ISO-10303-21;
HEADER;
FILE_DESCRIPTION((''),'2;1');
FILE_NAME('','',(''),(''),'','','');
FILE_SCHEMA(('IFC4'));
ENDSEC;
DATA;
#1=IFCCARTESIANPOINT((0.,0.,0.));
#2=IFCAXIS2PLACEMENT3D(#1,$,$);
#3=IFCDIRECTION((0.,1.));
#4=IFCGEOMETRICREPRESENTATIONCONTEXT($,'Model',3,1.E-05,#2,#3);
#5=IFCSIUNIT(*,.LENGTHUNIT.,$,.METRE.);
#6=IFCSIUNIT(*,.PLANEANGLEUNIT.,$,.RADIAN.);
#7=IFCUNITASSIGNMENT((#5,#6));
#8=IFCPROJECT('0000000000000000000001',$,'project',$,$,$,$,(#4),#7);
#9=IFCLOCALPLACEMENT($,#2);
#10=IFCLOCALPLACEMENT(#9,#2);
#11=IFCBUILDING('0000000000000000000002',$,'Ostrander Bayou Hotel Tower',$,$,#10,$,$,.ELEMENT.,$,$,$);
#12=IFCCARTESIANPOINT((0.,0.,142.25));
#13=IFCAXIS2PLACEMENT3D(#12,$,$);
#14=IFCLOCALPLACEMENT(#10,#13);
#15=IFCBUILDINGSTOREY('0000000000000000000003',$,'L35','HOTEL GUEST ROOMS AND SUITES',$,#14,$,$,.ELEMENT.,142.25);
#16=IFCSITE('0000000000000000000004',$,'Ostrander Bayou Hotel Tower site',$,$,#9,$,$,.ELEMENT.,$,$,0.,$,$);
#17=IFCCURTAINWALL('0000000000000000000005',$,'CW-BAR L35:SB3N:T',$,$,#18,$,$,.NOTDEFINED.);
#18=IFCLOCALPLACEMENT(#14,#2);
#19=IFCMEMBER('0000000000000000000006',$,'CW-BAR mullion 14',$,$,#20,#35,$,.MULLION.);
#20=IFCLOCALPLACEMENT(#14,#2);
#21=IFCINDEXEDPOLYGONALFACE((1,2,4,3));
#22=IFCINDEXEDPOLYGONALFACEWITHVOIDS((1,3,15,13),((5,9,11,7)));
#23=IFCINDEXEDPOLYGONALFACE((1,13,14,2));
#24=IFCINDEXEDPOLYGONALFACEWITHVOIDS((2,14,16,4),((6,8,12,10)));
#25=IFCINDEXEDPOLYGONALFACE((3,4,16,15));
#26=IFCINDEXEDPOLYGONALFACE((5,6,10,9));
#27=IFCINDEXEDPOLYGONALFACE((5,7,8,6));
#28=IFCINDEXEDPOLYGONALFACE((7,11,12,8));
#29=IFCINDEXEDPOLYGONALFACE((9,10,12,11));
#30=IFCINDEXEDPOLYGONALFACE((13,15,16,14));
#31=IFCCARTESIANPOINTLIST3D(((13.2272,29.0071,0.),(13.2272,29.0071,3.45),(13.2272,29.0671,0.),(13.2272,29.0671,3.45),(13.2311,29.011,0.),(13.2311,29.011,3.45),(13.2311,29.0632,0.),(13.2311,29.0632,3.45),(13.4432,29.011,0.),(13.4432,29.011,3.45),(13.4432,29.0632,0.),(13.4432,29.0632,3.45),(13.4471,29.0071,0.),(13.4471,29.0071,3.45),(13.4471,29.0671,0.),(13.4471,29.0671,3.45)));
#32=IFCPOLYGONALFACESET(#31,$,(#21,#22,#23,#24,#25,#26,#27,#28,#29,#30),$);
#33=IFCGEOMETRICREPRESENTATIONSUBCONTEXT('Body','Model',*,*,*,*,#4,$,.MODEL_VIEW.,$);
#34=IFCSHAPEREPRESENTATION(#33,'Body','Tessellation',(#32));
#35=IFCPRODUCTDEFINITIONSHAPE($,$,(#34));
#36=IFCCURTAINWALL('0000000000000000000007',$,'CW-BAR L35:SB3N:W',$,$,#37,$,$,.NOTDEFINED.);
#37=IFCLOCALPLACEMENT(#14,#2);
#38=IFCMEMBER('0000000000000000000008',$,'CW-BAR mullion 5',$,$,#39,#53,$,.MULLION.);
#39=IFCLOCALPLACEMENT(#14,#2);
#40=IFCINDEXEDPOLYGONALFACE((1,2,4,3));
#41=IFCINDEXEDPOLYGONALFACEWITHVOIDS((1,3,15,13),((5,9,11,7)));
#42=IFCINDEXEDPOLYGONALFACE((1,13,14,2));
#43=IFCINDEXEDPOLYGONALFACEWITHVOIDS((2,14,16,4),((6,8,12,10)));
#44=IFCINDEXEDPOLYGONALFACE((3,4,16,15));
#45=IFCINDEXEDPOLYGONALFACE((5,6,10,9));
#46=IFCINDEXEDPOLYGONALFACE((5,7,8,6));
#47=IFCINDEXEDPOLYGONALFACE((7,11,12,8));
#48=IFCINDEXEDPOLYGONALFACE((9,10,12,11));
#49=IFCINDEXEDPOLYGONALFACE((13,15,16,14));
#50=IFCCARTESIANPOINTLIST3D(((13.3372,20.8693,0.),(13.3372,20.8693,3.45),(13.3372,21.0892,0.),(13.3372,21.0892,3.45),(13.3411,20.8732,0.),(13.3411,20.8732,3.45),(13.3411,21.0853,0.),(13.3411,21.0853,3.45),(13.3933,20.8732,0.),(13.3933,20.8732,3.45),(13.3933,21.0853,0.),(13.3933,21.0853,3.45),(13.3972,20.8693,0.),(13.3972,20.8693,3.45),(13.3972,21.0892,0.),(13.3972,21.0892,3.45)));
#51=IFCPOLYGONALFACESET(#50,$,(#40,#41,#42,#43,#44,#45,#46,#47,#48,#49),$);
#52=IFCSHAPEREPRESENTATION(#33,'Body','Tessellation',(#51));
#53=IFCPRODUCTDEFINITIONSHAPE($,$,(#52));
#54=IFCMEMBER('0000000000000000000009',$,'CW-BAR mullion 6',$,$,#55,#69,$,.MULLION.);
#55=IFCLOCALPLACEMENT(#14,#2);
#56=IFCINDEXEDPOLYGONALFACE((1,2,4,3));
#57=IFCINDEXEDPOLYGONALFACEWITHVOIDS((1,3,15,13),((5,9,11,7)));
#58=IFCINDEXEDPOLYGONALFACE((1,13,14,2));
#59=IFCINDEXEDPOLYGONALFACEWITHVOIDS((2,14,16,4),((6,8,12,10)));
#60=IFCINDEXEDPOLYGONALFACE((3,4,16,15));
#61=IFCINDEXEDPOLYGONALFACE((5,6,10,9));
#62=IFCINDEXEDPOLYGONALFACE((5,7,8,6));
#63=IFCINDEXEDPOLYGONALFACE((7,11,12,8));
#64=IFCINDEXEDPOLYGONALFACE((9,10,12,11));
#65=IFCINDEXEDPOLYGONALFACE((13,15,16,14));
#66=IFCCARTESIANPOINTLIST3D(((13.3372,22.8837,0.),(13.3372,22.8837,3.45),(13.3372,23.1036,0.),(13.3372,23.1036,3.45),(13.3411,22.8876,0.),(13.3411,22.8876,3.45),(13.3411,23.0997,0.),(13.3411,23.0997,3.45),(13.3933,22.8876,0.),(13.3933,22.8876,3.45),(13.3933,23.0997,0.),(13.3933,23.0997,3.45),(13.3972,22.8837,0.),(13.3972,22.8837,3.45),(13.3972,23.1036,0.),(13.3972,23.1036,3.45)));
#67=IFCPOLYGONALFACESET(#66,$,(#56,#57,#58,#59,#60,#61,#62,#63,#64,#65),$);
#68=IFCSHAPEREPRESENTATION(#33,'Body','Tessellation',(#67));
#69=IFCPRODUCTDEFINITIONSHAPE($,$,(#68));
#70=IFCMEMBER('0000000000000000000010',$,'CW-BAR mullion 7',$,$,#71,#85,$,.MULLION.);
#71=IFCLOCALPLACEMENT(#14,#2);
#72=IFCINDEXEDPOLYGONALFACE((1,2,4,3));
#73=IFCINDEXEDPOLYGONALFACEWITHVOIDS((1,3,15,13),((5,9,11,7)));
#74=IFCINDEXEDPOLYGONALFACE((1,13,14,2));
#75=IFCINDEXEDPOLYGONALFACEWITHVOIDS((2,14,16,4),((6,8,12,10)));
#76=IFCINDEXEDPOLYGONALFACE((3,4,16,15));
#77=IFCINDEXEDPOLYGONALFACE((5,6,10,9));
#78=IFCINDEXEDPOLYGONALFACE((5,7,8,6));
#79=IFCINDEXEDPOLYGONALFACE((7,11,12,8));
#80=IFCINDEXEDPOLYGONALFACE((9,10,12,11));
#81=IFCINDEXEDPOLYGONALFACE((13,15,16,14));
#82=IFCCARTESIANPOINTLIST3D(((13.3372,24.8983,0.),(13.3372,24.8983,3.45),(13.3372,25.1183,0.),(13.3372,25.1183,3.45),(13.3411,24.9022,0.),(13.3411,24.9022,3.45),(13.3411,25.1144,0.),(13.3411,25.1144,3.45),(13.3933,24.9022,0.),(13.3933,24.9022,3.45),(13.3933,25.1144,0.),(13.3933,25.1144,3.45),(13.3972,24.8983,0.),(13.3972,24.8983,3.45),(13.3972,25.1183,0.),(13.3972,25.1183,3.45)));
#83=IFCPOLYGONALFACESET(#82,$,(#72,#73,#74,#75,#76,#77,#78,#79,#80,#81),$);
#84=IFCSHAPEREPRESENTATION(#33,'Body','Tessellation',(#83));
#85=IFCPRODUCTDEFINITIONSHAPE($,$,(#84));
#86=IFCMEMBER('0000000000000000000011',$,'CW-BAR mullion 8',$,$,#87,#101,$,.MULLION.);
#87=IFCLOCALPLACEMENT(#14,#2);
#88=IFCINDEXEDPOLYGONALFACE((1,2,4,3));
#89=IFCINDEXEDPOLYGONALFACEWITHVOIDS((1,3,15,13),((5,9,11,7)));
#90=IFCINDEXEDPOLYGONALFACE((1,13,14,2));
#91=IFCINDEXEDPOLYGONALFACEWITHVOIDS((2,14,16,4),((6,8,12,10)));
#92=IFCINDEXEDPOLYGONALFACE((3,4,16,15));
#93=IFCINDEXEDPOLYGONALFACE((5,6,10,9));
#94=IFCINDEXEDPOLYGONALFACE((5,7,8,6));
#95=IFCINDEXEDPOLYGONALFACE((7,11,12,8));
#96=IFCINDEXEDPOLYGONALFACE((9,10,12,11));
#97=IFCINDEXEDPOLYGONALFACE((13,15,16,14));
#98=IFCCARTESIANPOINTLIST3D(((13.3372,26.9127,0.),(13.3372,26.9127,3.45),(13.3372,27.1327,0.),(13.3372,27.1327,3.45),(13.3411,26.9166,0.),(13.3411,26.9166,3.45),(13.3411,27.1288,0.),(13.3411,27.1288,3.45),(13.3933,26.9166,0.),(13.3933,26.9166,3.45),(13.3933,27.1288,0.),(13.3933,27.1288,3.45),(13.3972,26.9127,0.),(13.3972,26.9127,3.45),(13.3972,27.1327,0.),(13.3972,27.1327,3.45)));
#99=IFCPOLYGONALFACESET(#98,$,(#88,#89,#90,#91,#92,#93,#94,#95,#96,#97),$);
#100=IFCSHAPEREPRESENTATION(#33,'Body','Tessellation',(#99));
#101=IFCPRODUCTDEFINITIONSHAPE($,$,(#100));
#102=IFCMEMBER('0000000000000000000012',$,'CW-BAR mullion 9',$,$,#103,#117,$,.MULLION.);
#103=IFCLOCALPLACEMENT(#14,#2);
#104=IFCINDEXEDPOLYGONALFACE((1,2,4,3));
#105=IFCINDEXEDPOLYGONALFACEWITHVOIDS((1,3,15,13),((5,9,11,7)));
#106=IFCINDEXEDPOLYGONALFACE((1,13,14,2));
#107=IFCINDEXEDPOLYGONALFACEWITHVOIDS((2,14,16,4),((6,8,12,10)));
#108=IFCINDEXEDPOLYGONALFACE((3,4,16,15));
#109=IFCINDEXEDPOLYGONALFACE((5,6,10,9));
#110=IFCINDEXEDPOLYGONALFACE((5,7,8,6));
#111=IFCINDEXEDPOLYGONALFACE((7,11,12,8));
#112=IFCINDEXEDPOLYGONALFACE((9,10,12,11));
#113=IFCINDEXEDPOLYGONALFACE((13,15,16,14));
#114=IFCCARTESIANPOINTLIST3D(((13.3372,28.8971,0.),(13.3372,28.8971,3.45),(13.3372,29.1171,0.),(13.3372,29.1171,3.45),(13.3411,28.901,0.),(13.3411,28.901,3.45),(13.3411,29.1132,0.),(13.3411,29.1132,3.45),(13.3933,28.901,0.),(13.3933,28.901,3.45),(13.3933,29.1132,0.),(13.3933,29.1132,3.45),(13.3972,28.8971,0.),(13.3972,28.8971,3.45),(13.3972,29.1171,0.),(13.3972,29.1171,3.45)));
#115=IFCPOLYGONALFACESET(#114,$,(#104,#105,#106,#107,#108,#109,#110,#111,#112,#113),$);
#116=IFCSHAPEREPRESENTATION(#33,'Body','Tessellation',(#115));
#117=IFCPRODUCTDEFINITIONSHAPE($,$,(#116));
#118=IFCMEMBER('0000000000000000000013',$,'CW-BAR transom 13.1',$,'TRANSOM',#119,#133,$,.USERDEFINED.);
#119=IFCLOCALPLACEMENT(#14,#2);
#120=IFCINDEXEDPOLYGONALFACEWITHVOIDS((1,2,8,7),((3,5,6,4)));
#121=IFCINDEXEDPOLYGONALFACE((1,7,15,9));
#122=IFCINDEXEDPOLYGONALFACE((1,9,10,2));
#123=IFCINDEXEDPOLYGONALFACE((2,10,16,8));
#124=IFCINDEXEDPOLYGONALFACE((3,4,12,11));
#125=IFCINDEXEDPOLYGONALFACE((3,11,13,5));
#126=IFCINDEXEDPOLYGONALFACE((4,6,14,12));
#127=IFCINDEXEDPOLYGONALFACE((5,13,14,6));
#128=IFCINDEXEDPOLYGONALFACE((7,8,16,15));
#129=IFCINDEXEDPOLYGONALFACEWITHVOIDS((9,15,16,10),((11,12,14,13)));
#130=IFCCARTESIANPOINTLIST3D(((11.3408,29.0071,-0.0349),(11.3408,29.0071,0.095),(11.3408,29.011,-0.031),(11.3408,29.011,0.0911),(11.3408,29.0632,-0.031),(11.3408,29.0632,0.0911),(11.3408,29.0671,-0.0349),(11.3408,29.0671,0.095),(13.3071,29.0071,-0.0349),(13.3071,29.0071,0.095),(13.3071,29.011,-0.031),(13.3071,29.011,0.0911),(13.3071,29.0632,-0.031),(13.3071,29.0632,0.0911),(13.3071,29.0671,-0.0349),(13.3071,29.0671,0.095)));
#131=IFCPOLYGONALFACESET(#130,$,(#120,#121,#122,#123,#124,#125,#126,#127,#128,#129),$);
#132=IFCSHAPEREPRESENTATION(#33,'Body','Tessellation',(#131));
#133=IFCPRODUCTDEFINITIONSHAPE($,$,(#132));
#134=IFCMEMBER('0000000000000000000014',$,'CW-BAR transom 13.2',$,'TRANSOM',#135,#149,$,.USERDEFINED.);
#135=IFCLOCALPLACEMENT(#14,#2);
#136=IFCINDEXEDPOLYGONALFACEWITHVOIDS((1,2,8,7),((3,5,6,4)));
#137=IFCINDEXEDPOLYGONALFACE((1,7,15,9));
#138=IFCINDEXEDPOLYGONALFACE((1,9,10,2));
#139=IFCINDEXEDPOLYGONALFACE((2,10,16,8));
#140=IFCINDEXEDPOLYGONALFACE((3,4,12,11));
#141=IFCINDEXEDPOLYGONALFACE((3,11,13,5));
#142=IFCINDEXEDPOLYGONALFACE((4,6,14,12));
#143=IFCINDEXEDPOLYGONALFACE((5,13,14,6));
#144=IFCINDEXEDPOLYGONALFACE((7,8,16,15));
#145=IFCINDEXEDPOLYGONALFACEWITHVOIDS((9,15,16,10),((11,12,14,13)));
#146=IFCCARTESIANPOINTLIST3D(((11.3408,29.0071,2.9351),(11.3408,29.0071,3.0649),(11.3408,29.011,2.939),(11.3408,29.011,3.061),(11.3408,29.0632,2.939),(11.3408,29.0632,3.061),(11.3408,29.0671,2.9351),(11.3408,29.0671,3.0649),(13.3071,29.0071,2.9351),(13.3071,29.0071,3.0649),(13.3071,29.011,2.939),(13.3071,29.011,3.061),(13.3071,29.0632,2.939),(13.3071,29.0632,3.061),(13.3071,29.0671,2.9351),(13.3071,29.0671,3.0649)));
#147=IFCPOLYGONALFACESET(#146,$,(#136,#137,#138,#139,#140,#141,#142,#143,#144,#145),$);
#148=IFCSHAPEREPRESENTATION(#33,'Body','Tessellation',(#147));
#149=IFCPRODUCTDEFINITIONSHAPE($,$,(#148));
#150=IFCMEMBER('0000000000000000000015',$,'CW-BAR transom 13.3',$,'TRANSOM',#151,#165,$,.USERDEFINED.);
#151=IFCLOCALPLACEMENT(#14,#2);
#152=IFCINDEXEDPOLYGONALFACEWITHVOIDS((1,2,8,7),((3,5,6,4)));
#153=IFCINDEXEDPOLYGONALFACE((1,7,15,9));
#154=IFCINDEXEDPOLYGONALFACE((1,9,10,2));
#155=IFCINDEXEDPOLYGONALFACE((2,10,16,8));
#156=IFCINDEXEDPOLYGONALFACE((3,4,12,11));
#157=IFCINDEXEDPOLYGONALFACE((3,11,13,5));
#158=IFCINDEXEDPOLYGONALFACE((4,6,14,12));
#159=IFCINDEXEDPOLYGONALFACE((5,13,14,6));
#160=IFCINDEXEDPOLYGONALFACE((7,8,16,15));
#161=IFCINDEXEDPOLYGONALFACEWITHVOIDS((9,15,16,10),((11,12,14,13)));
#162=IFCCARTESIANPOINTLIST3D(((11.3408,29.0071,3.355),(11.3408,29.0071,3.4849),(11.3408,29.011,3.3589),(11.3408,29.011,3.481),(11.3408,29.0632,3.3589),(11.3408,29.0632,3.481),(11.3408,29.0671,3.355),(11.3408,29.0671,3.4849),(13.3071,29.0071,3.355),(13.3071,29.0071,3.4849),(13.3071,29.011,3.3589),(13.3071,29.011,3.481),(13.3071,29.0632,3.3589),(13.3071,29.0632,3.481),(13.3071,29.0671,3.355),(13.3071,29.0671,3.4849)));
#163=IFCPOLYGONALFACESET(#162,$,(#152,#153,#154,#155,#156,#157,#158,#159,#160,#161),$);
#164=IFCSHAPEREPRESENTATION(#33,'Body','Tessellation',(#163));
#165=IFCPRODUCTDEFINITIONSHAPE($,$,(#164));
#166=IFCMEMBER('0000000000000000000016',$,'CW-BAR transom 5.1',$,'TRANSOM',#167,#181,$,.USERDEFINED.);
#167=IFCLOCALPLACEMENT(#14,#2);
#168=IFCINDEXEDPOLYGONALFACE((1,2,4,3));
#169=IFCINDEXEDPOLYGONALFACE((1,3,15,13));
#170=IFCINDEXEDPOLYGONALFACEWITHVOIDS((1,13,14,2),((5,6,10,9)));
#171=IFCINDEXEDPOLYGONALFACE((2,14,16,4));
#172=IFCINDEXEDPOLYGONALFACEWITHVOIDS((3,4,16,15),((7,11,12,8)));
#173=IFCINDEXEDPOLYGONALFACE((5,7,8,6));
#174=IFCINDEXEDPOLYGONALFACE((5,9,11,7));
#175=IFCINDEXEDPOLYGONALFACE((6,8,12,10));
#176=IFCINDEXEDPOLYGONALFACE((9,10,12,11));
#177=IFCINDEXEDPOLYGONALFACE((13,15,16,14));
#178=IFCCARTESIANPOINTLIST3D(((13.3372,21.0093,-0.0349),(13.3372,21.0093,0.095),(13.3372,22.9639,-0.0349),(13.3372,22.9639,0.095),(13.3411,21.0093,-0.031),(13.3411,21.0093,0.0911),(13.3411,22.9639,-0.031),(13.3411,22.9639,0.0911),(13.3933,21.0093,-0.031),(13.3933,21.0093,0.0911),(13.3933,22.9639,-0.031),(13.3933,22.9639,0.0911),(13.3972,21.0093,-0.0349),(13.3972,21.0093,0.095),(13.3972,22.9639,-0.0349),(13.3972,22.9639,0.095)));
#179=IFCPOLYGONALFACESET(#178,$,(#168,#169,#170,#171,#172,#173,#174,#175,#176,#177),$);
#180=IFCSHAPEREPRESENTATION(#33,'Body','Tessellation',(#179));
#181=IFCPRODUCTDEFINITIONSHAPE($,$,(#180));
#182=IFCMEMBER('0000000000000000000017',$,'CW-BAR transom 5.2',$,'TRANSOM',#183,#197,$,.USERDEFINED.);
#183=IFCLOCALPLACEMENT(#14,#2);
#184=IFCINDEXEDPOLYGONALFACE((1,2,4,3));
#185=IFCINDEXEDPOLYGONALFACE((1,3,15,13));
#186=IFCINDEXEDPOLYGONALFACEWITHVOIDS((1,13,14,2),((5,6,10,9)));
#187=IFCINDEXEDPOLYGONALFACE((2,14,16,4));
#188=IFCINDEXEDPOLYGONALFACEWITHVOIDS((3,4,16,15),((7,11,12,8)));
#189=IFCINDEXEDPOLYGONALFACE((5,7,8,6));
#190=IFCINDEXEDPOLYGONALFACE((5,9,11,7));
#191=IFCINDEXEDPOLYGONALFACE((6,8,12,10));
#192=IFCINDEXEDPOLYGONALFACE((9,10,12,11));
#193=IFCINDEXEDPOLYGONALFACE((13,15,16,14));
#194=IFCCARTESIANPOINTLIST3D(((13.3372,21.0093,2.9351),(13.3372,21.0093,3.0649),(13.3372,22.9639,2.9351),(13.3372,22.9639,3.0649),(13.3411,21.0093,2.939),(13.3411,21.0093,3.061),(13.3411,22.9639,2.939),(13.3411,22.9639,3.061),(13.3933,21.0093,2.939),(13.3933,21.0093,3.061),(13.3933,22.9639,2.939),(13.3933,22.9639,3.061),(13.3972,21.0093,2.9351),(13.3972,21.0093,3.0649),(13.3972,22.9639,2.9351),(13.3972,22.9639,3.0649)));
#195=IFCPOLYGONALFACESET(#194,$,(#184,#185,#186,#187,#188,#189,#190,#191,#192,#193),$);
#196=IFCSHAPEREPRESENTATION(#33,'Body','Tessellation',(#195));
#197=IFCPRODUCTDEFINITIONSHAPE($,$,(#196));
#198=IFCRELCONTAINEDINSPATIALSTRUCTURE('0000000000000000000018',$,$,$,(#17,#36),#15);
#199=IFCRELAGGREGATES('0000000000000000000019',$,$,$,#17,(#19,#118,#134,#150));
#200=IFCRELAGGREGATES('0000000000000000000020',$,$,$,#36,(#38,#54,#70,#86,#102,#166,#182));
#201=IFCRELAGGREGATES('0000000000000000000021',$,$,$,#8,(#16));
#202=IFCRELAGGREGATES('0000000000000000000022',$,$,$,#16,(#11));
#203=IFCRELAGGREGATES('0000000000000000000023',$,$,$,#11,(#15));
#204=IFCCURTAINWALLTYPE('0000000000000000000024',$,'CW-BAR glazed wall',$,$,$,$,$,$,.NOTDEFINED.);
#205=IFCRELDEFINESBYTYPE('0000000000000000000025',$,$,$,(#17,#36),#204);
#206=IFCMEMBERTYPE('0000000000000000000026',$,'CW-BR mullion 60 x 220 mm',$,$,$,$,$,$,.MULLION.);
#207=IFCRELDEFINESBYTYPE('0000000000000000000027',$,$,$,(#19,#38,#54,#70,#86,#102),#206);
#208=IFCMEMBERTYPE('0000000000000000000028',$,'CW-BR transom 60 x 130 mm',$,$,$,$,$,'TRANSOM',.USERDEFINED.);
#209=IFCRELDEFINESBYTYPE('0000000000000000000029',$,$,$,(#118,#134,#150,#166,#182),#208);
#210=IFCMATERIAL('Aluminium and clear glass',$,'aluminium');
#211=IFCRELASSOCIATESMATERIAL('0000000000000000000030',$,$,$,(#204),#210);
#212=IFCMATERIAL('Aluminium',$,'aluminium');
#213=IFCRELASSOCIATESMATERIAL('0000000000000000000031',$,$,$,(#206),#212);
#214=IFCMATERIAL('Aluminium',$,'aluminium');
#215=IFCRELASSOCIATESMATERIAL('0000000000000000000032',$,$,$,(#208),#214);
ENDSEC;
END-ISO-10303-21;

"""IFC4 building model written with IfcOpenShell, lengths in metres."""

from ifc_helpers import new_model, si_unit, direction, frame, origin, origin_2d, place, context, subcontext, project, spatial, hollow_rectangle, extrude, material, material_profile, profile_set, type_object, element, aggregate, save


model = new_model("IFC4")

# Units and contexts
model_context = context("Model", 3, precision=1e-05, world=origin(), true_north=direction((0.0, 1.0)))
body_context = subcontext(model_context, "Body", "Model", "MODEL_VIEW")
ifc_project = project(units=[si_unit("LENGTHUNIT", "METRE"), si_unit("PLANEANGLEUNIT", "RADIAN")], contexts=[model_context])

# Site, building, storey
site_placement = place(None, origin())
site = spatial("IfcSite", under=ifc_project, at=site_placement, Name="Ostrander Bayou Hotel Tower site", CompositionType="ELEMENT", RefElevation=0.0)
building_placement = place(site_placement, origin())
building = spatial("IfcBuilding", under=site, at=building_placement, Name="Ostrander Bayou Hotel Tower", CompositionType="ELEMENT")
storey_placement = place(building_placement, frame((0.0, 0.0, 142.25)))
storey = spatial("IfcBuildingStorey", under=building, at=storey_placement, Name="L35", Description="HOTEL GUEST ROOMS AND SUITES", CompositionType="ELEMENT", Elevation=142.25)

# Curtain wall, member
ifc_material_1 = material(Name="Aluminium and clear glass", Category="aluminium")
curtain_wall_type = type_object("IfcCurtainWallType", Name="CW-BAR glazed wall", PredefinedType="NOTDEFINED", material=ifc_material_1)
curtain_wall_1_placement = place(storey_placement, origin())
curtain_wall_1 = element("IfcCurtainWall", 1, at=curtain_wall_1_placement, inside=storey, type_object=curtain_wall_type, Name="CW-BAR L35:SB3N:T", PredefinedType="NOTDEFINED")
ifc_material_2 = material(Name="Aluminium", Category="aluminium")
ifc_material_profile_1 = material_profile(ifc_material_2, hollow_rectangle(XDim=0.0601, YDim=0.22, WallThickness=0.0039, at=origin_2d()))
ifc_profile_set_1 = profile_set([ifc_material_profile_1], Name="Aluminium")
member_type_1 = type_object("IfcMemberType", Name="CW-BR mullion 60 x 220 mm", PredefinedType="MULLION", material=ifc_profile_set_1)
member_1_placement = place(storey_placement, frame((13.3372, 29.0371, 0.0), z_axis=(0.0, 0.0, 1.0), x_axis=(0.0, 1.0, 0.0)))
member_1 = element("IfcMember", 2, at=member_1_placement, type_object=member_type_1, Name="CW-BAR mullion 14", PredefinedType="MULLION", context=body_context, shape_type="SweptSolid", body=[
    extrude(hollow_rectangle(XDim=0.0601, YDim=0.22, WallThickness=0.0039, at=origin_2d()), origin(), (0.0, 0.0, 1.0), 3.45),
])

# Curtain wall, members
curtain_wall_2_placement = place(storey_placement, origin())
curtain_wall_2 = element("IfcCurtainWall", 3, at=curtain_wall_2_placement, inside=storey, type_object=curtain_wall_type, Name="CW-BAR L35:SB3N:W", PredefinedType="NOTDEFINED")
member_2_placement = place(storey_placement, frame((13.3672, 20.9792, 0.0), z_axis=(0.0, 0.0, 1.0), x_axis=(-1.0, 0.0, 0.0)))
member_2 = element("IfcMember", 4, at=member_2_placement, type_object=member_type_1, Name="CW-BAR mullion 5", PredefinedType="MULLION", context=body_context, shape_type="SweptSolid", body=[
    extrude(hollow_rectangle(XDim=0.0601, YDim=0.22, WallThickness=0.0039, at=origin_2d()), origin(), (0.0, 0.0, 1.0), 3.45),
])
member_3_placement = place(storey_placement, frame((13.3672, 22.9937, 0.0), z_axis=(0.0, 0.0, 1.0), x_axis=(-1.0, 0.0, 0.0)))
member_3 = element("IfcMember", 5, at=member_3_placement, type_object=member_type_1, Name="CW-BAR mullion 6", PredefinedType="MULLION", context=body_context, shape_type="SweptSolid", body=[
    extrude(hollow_rectangle(XDim=0.0601, YDim=0.22, WallThickness=0.0039, at=origin_2d()), origin(), (0.0, 0.0, 1.0), 3.45),
])
member_4_placement = place(storey_placement, frame((13.3672, 25.0083, 0.0), z_axis=(0.0, 0.0, 1.0), x_axis=(-1.0, 0.0, 0.0)))
member_4 = element("IfcMember", 6, at=member_4_placement, type_object=member_type_1, Name="CW-BAR mullion 7", PredefinedType="MULLION", context=body_context, shape_type="SweptSolid", body=[
    extrude(hollow_rectangle(XDim=0.0601, YDim=0.22, WallThickness=0.0039, at=origin_2d()), origin(), (0.0, 0.0, 1.0), 3.45),
])
member_5_placement = place(storey_placement, frame((13.3672, 27.0227, 0.0), z_axis=(0.0, 0.0, 1.0), x_axis=(-1.0, 0.0, 0.0)))
member_5 = element("IfcMember", 7, at=member_5_placement, type_object=member_type_1, Name="CW-BAR mullion 8", PredefinedType="MULLION", context=body_context, shape_type="SweptSolid", body=[
    extrude(hollow_rectangle(XDim=0.0601, YDim=0.22, WallThickness=0.0039, at=origin_2d()), origin(), (0.0, 0.0, 1.0), 3.45),
])
member_6_placement = place(storey_placement, frame((13.3672, 29.0071, 0.0), z_axis=(0.0, 0.0, 1.0), x_axis=(-1.0, 0.0, 0.0)))
member_6 = element("IfcMember", 8, at=member_6_placement, type_object=member_type_1, Name="CW-BAR mullion 9", PredefinedType="MULLION", context=body_context, shape_type="SweptSolid", body=[
    extrude(hollow_rectangle(XDim=0.0601, YDim=0.22, WallThickness=0.0039, at=origin_2d()), origin(), (0.0, 0.0, 1.0), 3.45),
])

# Members
ifc_material_3 = material(Name="Aluminium", Category="aluminium")
ifc_material_profile_2 = material_profile(ifc_material_3, hollow_rectangle(XDim=0.0601, YDim=0.1299, WallThickness=0.0039, at=origin_2d()))
ifc_profile_set_2 = profile_set([ifc_material_profile_2], Name="Aluminium")
member_type_2 = type_object("IfcMemberType", Name="CW-BR transom 60 x 130 mm", ElementType="TRANSOM", PredefinedType="USERDEFINED", material=ifc_profile_set_2)
member_7_placement = place(storey_placement, frame((11.3408, 29.0371, 0.03), z_axis=(1.0, 0.0, 0.0), x_axis=(0.0, 1.0, 0.0)))
member_7 = element("IfcMember", 9, at=member_7_placement, type_object=member_type_2, Name="CW-BAR transom 13.1", ObjectType="TRANSOM", PredefinedType="USERDEFINED", context=body_context, shape_type="SweptSolid", body=[
    extrude(hollow_rectangle(XDim=0.0601, YDim=0.1299, WallThickness=0.0039, at=origin_2d()), origin(), (0.0, 0.0, 1.0), 1.9663),
])
member_8_placement = place(storey_placement, frame((11.3408, 29.0371, 3.0), z_axis=(1.0, 0.0, 0.0), x_axis=(0.0, 1.0, 0.0)))
member_8 = element("IfcMember", 10, at=member_8_placement, type_object=member_type_2, Name="CW-BAR transom 13.2", ObjectType="TRANSOM", PredefinedType="USERDEFINED", context=body_context, shape_type="SweptSolid", body=[
    extrude(hollow_rectangle(XDim=0.0601, YDim=0.1299, WallThickness=0.0039, at=origin_2d()), origin(), (0.0, 0.0, 1.0), 1.9663),
])
member_9_placement = place(storey_placement, frame((11.3408, 29.0371, 3.4199), z_axis=(1.0, 0.0, 0.0), x_axis=(0.0, 1.0, 0.0)))
member_9 = element("IfcMember", 11, at=member_9_placement, type_object=member_type_2, Name="CW-BAR transom 13.3", ObjectType="TRANSOM", PredefinedType="USERDEFINED", context=body_context, shape_type="SweptSolid", body=[
    extrude(hollow_rectangle(XDim=0.0601, YDim=0.1299, WallThickness=0.0039, at=origin_2d()), origin(), (0.0, 0.0, 1.0), 1.9663),
])
member_10_placement = place(storey_placement, frame((13.3672, 21.0093, 0.03), z_axis=(0.0, 1.0, 0.0), x_axis=(-1.0, 0.0, 0.0)))
member_10 = element("IfcMember", 12, at=member_10_placement, type_object=member_type_2, Name="CW-BAR transom 5.1", ObjectType="TRANSOM", PredefinedType="USERDEFINED", context=body_context, shape_type="SweptSolid", body=[
    extrude(hollow_rectangle(XDim=0.0601, YDim=0.1299, WallThickness=0.0039, at=origin_2d()), origin(), (0.0, 0.0, 1.0), 1.9546),
])
member_11_placement = place(storey_placement, frame((13.3672, 21.0093, 3.0), z_axis=(0.0, 1.0, 0.0), x_axis=(-1.0, 0.0, 0.0)))
member_11 = element("IfcMember", 13, at=member_11_placement, type_object=member_type_2, Name="CW-BAR transom 5.2", ObjectType="TRANSOM", PredefinedType="USERDEFINED", context=body_context, shape_type="SweptSolid", body=[
    extrude(hollow_rectangle(XDim=0.0601, YDim=0.1299, WallThickness=0.0039, at=origin_2d()), origin(), (0.0, 0.0, 1.0), 1.9546),
])

aggregate(curtain_wall_1, [member_1, member_7, member_8, member_9])
aggregate(curtain_wall_2, [member_2, member_3, member_4, member_5, member_6, member_10, member_11])

save(model, "model.ifc")
